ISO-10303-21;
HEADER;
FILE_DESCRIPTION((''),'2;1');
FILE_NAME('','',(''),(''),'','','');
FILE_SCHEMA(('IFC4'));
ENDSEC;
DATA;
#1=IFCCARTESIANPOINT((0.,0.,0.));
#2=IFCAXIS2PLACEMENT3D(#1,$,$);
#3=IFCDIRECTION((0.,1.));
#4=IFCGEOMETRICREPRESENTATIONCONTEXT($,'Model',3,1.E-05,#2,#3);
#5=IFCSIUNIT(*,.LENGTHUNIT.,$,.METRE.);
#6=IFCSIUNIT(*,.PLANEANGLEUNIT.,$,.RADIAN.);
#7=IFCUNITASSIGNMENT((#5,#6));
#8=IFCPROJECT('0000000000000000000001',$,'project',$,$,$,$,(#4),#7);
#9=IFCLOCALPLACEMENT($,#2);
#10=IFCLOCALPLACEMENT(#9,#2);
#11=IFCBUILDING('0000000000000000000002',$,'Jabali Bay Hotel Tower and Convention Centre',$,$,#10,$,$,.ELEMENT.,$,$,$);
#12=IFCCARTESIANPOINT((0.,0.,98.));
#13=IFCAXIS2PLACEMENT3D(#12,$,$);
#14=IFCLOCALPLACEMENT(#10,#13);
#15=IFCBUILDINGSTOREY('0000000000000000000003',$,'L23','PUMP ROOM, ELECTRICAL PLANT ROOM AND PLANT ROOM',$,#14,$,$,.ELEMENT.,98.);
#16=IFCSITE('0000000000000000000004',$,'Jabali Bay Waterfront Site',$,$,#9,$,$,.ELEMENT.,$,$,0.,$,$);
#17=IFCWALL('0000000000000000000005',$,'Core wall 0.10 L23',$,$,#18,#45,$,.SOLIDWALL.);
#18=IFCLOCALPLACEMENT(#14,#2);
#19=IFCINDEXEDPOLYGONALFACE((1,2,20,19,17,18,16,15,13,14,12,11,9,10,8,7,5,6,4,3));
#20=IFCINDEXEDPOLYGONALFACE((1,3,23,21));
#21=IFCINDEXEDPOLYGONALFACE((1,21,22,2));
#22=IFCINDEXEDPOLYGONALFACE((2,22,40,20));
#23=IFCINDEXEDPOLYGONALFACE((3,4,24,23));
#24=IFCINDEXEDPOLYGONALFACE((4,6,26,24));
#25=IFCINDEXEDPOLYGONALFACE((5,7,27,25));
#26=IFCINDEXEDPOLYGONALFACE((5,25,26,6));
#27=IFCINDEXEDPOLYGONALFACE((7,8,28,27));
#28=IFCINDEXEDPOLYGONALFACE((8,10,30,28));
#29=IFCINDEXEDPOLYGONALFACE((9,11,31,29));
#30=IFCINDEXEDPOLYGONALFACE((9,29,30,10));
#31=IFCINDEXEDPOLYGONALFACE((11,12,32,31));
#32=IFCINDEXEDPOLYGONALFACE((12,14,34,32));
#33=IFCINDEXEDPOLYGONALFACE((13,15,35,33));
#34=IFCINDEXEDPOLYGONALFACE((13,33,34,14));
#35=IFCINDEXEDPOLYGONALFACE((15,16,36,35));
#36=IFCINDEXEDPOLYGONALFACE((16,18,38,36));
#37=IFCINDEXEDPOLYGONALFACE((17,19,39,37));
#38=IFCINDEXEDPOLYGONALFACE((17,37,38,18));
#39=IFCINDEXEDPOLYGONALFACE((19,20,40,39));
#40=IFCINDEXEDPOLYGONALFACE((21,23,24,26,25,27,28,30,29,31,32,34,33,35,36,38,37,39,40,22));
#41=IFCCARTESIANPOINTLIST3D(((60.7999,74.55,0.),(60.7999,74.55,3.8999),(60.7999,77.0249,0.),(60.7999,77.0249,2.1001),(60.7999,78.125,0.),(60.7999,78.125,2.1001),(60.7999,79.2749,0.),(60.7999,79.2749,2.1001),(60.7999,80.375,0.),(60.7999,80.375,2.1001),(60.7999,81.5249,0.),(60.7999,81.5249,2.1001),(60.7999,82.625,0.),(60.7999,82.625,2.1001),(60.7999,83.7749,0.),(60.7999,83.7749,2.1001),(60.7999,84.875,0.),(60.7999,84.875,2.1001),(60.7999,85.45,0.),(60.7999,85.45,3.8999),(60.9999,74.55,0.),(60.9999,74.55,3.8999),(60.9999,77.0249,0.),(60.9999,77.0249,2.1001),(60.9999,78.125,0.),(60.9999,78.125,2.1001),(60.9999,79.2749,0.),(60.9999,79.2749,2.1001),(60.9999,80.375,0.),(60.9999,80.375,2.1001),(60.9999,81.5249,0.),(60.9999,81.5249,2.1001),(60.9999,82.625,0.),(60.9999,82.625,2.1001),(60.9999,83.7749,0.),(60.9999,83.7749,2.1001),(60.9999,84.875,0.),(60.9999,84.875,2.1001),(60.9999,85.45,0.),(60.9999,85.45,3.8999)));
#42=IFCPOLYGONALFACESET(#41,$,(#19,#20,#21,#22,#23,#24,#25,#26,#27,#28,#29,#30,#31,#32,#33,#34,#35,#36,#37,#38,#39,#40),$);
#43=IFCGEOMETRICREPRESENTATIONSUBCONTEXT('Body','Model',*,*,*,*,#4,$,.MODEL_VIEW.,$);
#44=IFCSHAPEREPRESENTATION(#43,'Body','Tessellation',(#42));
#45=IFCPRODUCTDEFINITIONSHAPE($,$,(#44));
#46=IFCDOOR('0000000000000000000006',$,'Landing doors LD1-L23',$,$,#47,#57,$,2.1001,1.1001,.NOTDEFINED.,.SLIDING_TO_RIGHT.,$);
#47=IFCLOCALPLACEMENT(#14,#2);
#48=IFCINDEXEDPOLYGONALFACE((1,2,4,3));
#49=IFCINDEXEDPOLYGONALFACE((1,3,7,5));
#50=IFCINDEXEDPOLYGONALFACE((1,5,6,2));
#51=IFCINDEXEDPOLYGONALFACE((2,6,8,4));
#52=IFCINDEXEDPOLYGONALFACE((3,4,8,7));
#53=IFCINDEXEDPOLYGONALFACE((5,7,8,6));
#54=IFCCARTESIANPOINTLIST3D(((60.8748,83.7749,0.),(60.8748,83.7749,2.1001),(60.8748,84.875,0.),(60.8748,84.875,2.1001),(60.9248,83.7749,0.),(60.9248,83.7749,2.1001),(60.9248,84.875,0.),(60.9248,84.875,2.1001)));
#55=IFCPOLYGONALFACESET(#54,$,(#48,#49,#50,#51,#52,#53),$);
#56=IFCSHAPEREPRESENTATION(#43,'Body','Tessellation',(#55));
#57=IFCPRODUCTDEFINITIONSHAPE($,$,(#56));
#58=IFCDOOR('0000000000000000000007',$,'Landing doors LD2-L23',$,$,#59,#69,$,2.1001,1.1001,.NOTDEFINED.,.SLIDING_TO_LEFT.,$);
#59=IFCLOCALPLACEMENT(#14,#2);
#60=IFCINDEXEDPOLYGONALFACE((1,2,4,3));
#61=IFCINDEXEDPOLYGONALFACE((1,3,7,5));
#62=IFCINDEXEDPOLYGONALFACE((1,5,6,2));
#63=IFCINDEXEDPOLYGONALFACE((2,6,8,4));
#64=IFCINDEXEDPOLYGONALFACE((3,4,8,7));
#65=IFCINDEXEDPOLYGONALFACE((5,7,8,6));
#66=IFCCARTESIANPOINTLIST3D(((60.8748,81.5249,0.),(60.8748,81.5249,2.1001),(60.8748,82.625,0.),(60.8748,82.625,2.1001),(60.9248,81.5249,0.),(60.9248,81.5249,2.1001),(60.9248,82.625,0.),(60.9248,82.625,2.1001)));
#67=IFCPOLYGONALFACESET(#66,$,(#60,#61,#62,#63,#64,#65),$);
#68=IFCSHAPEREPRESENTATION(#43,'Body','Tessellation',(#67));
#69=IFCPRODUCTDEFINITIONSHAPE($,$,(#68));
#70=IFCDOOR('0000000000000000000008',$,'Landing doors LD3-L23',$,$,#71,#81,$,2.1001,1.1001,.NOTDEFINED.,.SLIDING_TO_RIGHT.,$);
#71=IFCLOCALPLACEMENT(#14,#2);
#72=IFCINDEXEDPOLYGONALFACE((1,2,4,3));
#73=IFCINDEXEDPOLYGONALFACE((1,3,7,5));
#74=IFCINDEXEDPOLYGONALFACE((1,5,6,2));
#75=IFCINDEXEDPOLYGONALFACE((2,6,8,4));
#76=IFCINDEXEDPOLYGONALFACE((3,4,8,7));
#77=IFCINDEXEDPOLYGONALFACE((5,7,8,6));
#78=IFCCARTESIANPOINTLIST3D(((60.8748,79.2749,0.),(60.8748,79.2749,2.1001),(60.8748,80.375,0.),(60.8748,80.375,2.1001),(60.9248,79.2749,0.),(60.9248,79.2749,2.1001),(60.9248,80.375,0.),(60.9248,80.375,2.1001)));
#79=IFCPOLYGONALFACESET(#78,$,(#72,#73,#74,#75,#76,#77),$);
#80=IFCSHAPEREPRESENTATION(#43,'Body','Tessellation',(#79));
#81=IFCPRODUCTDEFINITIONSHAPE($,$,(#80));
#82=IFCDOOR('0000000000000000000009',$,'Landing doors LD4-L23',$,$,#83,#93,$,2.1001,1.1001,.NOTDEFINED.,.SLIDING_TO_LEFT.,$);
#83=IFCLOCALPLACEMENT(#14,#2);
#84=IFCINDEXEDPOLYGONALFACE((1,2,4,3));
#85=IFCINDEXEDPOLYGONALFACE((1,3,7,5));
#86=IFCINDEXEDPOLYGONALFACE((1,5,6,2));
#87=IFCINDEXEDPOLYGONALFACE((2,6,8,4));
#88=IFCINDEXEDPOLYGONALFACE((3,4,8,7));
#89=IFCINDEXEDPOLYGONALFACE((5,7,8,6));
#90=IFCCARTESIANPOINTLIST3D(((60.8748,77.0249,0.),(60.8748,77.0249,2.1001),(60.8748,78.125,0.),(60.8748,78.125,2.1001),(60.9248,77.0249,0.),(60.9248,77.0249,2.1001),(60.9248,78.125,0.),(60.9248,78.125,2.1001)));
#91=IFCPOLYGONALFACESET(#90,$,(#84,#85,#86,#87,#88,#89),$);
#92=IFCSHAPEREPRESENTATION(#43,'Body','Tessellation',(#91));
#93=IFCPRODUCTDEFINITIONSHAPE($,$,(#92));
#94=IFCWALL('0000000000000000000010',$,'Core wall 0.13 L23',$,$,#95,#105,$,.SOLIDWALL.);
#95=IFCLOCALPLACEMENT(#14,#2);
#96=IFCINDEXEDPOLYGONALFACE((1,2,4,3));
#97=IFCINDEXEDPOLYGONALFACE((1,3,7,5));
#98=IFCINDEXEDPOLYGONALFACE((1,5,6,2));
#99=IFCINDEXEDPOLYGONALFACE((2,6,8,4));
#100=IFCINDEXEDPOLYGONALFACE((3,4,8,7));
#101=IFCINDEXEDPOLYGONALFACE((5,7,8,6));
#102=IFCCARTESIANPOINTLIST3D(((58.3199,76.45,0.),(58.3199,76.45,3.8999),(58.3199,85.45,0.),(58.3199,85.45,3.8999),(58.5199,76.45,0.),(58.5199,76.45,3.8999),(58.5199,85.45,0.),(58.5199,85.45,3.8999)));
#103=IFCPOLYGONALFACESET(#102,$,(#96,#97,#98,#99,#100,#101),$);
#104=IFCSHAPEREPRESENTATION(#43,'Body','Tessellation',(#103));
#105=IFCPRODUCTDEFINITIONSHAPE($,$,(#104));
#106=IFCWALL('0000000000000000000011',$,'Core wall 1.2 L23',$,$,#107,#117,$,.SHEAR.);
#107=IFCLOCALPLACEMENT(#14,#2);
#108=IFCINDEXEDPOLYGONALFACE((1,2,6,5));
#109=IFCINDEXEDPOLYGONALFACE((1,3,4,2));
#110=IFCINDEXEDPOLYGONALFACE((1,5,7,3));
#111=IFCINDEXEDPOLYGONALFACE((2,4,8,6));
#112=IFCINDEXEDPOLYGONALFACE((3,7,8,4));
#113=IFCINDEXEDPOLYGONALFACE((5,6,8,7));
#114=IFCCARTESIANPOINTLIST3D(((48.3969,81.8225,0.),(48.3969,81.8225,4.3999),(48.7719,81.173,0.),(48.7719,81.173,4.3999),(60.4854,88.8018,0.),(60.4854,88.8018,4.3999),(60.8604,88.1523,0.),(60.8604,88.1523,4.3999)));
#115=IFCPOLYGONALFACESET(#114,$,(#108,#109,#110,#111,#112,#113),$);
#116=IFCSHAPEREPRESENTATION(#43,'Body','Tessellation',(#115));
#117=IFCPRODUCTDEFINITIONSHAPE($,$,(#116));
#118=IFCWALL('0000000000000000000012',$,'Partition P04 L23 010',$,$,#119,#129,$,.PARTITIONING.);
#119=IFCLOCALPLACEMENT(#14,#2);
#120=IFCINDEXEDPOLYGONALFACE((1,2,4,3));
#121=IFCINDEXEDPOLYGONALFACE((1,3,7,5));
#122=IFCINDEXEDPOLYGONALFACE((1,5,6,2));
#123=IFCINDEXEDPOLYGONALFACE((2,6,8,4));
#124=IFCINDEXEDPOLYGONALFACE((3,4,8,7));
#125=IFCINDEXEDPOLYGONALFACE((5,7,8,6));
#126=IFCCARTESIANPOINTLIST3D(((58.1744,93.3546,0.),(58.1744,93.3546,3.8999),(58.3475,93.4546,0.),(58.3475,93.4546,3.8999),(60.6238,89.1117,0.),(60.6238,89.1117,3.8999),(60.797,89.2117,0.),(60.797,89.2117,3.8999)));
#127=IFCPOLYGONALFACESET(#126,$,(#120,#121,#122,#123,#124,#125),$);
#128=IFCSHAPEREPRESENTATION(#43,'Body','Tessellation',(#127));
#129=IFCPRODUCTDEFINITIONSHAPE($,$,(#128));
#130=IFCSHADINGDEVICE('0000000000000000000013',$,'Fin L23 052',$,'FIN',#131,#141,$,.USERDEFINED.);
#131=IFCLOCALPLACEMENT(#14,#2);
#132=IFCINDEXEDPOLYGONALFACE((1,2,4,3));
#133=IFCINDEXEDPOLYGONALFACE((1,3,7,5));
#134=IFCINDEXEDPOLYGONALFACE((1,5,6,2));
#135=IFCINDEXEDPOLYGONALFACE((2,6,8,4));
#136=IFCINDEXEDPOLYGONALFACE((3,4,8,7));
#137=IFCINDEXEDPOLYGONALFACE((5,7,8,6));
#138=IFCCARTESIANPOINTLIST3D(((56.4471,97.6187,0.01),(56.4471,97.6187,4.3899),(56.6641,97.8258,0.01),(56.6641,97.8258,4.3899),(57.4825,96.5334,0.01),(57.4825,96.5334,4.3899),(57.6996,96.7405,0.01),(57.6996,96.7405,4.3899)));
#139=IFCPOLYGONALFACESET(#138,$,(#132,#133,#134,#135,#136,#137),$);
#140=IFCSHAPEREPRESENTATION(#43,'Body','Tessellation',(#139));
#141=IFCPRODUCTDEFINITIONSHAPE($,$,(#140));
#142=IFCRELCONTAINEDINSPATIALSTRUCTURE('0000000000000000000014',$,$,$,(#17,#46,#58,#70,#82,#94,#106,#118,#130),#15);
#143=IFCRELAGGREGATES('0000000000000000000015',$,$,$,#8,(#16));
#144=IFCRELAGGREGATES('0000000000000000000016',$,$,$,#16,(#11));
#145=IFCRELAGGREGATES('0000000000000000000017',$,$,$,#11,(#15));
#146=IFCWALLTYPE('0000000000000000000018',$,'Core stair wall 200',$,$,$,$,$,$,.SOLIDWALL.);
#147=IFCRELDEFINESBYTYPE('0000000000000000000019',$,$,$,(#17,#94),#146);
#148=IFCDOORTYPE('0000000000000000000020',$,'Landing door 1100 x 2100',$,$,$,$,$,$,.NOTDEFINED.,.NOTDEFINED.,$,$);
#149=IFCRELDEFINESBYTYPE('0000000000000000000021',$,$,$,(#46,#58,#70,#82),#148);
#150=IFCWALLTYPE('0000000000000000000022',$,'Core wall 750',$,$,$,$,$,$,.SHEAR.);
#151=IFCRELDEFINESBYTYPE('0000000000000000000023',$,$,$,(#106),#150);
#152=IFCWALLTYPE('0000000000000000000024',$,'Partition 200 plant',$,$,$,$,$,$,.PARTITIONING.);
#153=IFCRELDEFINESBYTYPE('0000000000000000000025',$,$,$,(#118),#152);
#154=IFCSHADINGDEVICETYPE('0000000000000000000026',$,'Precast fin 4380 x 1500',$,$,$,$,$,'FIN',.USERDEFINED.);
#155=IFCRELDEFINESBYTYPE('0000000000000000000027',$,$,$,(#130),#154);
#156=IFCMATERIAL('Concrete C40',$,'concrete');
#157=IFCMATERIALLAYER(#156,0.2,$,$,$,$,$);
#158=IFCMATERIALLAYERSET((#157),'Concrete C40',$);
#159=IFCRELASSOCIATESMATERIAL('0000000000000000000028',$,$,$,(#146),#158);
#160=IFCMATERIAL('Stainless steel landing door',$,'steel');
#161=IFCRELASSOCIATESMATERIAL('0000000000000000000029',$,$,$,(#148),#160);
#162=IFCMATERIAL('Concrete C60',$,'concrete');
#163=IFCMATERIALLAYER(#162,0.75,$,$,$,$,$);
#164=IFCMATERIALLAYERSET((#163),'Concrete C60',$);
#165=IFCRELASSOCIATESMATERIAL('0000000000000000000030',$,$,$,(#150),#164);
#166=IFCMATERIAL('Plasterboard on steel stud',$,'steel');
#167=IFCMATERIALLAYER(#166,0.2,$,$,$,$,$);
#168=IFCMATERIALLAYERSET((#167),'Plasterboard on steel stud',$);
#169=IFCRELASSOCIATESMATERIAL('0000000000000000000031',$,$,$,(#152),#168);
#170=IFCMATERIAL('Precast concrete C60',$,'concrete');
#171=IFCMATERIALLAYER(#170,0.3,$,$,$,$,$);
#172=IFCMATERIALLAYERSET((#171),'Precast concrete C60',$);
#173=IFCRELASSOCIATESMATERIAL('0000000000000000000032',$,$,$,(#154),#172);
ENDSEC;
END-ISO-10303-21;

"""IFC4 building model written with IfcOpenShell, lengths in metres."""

from ifc_helpers import new_model, si_unit, direction, frame, frame_2d, origin, place, context, subcontext, project, spatial, rectangle, extrude, material, layer, layer_set, type_object, element, fill, save


model = new_model("IFC4")

# Units and contexts
model_context = context("Model", 3, precision=1e-05, world=origin(), true_north=direction((0.0, 1.0)))
body_context = subcontext(model_context, "Body", "Model", "MODEL_VIEW")
ifc_project = project(units=[si_unit("LENGTHUNIT", "METRE"), si_unit("PLANEANGLEUNIT", "RADIAN")], contexts=[model_context])

# Site, building, storey
site_placement = place(None, origin())
site = spatial("IfcSite", under=ifc_project, at=site_placement, Name="Jabali Bay Waterfront Site", CompositionType="ELEMENT", RefElevation=0.0)
building_placement = place(site_placement, origin())
building = spatial("IfcBuilding", under=site, at=building_placement, Name="Jabali Bay Hotel Tower and Convention Centre", CompositionType="ELEMENT")
storey_placement = place(building_placement, frame((0.0, 0.0, 98.0)))
storey = spatial("IfcBuildingStorey", under=building, at=storey_placement, Name="L23", Description="PUMP ROOM, ELECTRICAL PLANT ROOM AND PLANT ROOM", CompositionType="ELEMENT", Elevation=98.0)

# Shared definitions
ifc_material_1 = material(Name="Concrete C40", Category="concrete")

# Shared definitions
ifc_layer_1 = layer(ifc_material_1, 0.2)
ifc_layer_set_1 = layer_set([ifc_layer_1], Name="Concrete C40")
wall_type_1 = type_object("IfcWallType", Name="Core stair wall 200", PredefinedType="SOLIDWALL", material=ifc_layer_set_1)

# Wall, openings, doors
wall_1_placement = place(storey_placement, frame((60.8999, 85.45, 0.0), z_axis=(0.0, 0.0, 1.0), x_axis=(0.0, -1.0, 0.0)))
wall_1 = element("IfcWall", 1, at=wall_1_placement, inside=storey, type_object=wall_type_1, Name="Core wall 0.10 L23", PredefinedType="SOLIDWALL", context=body_context, shape_type="SweptSolid", body=[
    extrude(rectangle(XDim=10.8999, YDim=0.2, at=frame_2d((5.45, 0.0))), origin(), (0.0, 0.0, 1.0), 3.8999),
])
opening_1_placement = place(wall_1_placement, frame((0.575, 0.0, 0.0)))
opening_1 = element("IfcOpeningElement", 2, at=opening_1_placement, cuts=wall_1, PredefinedType="OPENING", context=body_context, shape_type="SweptSolid", body=[
    extrude(rectangle(XDim=1.1001, YDim=2.1001, at=frame_2d((0.55, 1.05))), frame((0.0, 0.1104, 0.0), z_axis=(0.0, -1.0, 0.0), x_axis=(1.0, 0.0, 0.0)), (0.0, 0.0, 1.0), 0.2209),
])
opening_2_placement = place(wall_1_placement, frame((2.825, 0.0, 0.0)))
opening_2 = element("IfcOpeningElement", 3, at=opening_2_placement, cuts=wall_1, PredefinedType="OPENING", context=body_context, shape_type="SweptSolid", body=[
    extrude(rectangle(XDim=1.1001, YDim=2.1001, at=frame_2d((0.55, 1.05))), frame((0.0, 0.1104, 0.0), z_axis=(0.0, -1.0, 0.0), x_axis=(1.0, 0.0, 0.0)), (0.0, 0.0, 1.0), 0.2209),
])
opening_3_placement = place(wall_1_placement, frame((5.075, 0.0, 0.0)))
opening_3 = element("IfcOpeningElement", 4, at=opening_3_placement, cuts=wall_1, PredefinedType="OPENING", context=body_context, shape_type="SweptSolid", body=[
    extrude(rectangle(XDim=1.1001, YDim=2.1001, at=frame_2d((0.55, 1.05))), frame((0.0, 0.1104, 0.0), z_axis=(0.0, -1.0, 0.0), x_axis=(1.0, 0.0, 0.0)), (0.0, 0.0, 1.0), 0.2209),
])
opening_4_placement = place(wall_1_placement, frame((7.325, 0.0, 0.0)))
opening_4 = element("IfcOpeningElement", 5, at=opening_4_placement, cuts=wall_1, PredefinedType="OPENING", context=body_context, shape_type="SweptSolid", body=[
    extrude(rectangle(XDim=1.1001, YDim=2.1001, at=frame_2d((0.55, 1.05))), frame((0.0, 0.1104, 0.0), z_axis=(0.0, -1.0, 0.0), x_axis=(1.0, 0.0, 0.0)), (0.0, 0.0, 1.0), 0.2209),
])
ifc_material_2 = material(Name="Stainless steel landing door", Category="steel")
door_type_1 = type_object("IfcDoorType", Name="Landing door 1100 x 2100", OperationType="NOTDEFINED", PredefinedType="NOTDEFINED", material=ifc_material_2)
door_1_placement = place(opening_1_placement, origin())
door_1 = element("IfcDoor", 6, at=door_1_placement, inside=storey, type_object=door_type_1, Name="Landing doors LD1-L23", OperationType="SLIDING_TO_RIGHT", OverallHeight=2.1001, OverallWidth=1.1001, PredefinedType="NOTDEFINED", context=body_context, shape_type="SweptSolid", body=[
    extrude(rectangle(XDim=1.1001, YDim=2.1001, at=frame_2d((0.55, 1.05))), frame((0.0, 0.0249, 0.0), z_axis=(0.0, -1.0, 0.0), x_axis=(1.0, 0.0, 0.0)), (0.0, 0.0, 1.0), 0.05),
])
fill(opening_1, door_1)
door_2_placement = place(opening_2_placement, origin())
door_2 = element("IfcDoor", 7, at=door_2_placement, inside=storey, type_object=door_type_1, Name="Landing doors LD2-L23", OperationType="SLIDING_TO_LEFT", OverallHeight=2.1001, OverallWidth=1.1001, PredefinedType="NOTDEFINED", context=body_context, shape_type="SweptSolid", body=[
    extrude(rectangle(XDim=1.1001, YDim=2.1001, at=frame_2d((0.55, 1.05))), frame((0.0, 0.0249, 0.0), z_axis=(0.0, -1.0, 0.0), x_axis=(1.0, 0.0, 0.0)), (0.0, 0.0, 1.0), 0.05),
])
fill(opening_2, door_2)
door_3_placement = place(opening_3_placement, origin())
door_3 = element("IfcDoor", 8, at=door_3_placement, inside=storey, type_object=door_type_1, Name="Landing doors LD3-L23", OperationType="SLIDING_TO_RIGHT", OverallHeight=2.1001, OverallWidth=1.1001, PredefinedType="NOTDEFINED", context=body_context, shape_type="SweptSolid", body=[
    extrude(rectangle(XDim=1.1001, YDim=2.1001, at=frame_2d((0.55, 1.05))), frame((0.0, 0.0249, 0.0), z_axis=(0.0, -1.0, 0.0), x_axis=(1.0, 0.0, 0.0)), (0.0, 0.0, 1.0), 0.05),
])
fill(opening_3, door_3)
door_4_placement = place(opening_4_placement, origin())
door_4 = element("IfcDoor", 9, at=door_4_placement, inside=storey, type_object=door_type_1, Name="Landing doors LD4-L23", OperationType="SLIDING_TO_LEFT", OverallHeight=2.1001, OverallWidth=1.1001, PredefinedType="NOTDEFINED", context=body_context, shape_type="SweptSolid", body=[
    extrude(rectangle(XDim=1.1001, YDim=2.1001, at=frame_2d((0.55, 1.05))), frame((0.0, 0.0249, 0.0), z_axis=(0.0, -1.0, 0.0), x_axis=(1.0, 0.0, 0.0)), (0.0, 0.0, 1.0), 0.05),
])
fill(opening_4, door_4)

# Walls
wall_2_placement = place(storey_placement, frame((58.4199, 85.45, 0.0), z_axis=(0.0, 0.0, 1.0), x_axis=(0.0, -1.0, 0.0)))
element("IfcWall", 10, at=wall_2_placement, inside=storey, type_object=wall_type_1, Name="Core wall 0.13 L23", PredefinedType="SOLIDWALL", context=body_context, shape_type="SweptSolid", body=[
    extrude(rectangle(XDim=9.0, YDim=0.2, at=frame_2d((4.5, 0.0))), origin(), (0.0, 0.0, 1.0), 3.8999),
])
ifc_material_3 = material(Name="Concrete C60", Category="concrete")
ifc_layer_2 = layer(ifc_material_3, 0.75)
ifc_layer_set_2 = layer_set([ifc_layer_2], Name="Concrete C60")
wall_type_2 = type_object("IfcWallType", Name="Core wall 750", PredefinedType="SHEAR", material=ifc_layer_set_2)
wall_3_placement = place(storey_placement, frame((60.6729, 88.4771, 0.0), z_axis=(0.0, 0.0, 1.0), x_axis=(-0.866025, -0.500001, 0.0)))
element("IfcWall", 11, at=wall_3_placement, inside=storey, type_object=wall_type_2, Name="Core wall 1.2 L23", PredefinedType="SHEAR", context=body_context, shape_type="SweptSolid", body=[
    extrude(rectangle(XDim=13.9585, YDim=0.75, at=frame_2d((6.9792, 0.0))), origin(), (0.0, 0.0, 1.0), 4.3999),
])
ifc_material_4 = material(Name="Plasterboard on steel stud", Category="steel")
ifc_layer_3 = layer(ifc_material_4, 0.2)
ifc_layer_set_3 = layer_set([ifc_layer_3], Name="Plasterboard on steel stud")
wall_type_3 = type_object("IfcWallType", Name="Partition 200 plant", PredefinedType="PARTITIONING", material=ifc_layer_set_3)
wall_4_placement = place(storey_placement, frame((60.7104, 89.1616, 0.0), z_axis=(0.0, 0.0, 1.0), x_axis=(-0.499971, 0.866042, 0.0)))
element("IfcWall", 12, at=wall_4_placement, inside=storey, type_object=wall_type_3, Name="Partition P04 L23 010", PredefinedType="PARTITIONING", context=body_context, shape_type="SweptSolid", body=[
    extrude(rectangle(XDim=4.8992, YDim=0.2, at=frame_2d((2.4497, 0.0))), origin(), (0.0, 0.0, 1.0), 3.8999),
])

# Shading device
ifc_material_5 = material(Name="Precast concrete C60", Category="concrete")
ifc_layer_4 = layer(ifc_material_5, 0.3)
ifc_layer_set_4 = layer_set([ifc_layer_4], Name="Precast concrete C60")
shading_device_type = type_object("IfcShadingDeviceType", Name="Precast fin 4380 x 1500", ElementType="FIN", PredefinedType="USERDEFINED", material=ifc_layer_set_4)
shading_device_placement = place(storey_placement, frame((57.5911, 96.637, 0.01), z_axis=(0.0, 0.0, 1.0), x_axis=(-0.690309, 0.723514, 0.0)))
element("IfcShadingDevice", 13, at=shading_device_placement, inside=storey, type_object=shading_device_type, Name="Fin L23 052", ObjectType="FIN", PredefinedType="USERDEFINED", context=body_context, shape_type="SweptSolid", body=[
    extrude(rectangle(XDim=1.5, YDim=0.3, at=frame_2d((0.75, 0.0))), origin(), (0.0, 0.0, 1.0), 4.3799),
])

save(model, "model.ifc")
